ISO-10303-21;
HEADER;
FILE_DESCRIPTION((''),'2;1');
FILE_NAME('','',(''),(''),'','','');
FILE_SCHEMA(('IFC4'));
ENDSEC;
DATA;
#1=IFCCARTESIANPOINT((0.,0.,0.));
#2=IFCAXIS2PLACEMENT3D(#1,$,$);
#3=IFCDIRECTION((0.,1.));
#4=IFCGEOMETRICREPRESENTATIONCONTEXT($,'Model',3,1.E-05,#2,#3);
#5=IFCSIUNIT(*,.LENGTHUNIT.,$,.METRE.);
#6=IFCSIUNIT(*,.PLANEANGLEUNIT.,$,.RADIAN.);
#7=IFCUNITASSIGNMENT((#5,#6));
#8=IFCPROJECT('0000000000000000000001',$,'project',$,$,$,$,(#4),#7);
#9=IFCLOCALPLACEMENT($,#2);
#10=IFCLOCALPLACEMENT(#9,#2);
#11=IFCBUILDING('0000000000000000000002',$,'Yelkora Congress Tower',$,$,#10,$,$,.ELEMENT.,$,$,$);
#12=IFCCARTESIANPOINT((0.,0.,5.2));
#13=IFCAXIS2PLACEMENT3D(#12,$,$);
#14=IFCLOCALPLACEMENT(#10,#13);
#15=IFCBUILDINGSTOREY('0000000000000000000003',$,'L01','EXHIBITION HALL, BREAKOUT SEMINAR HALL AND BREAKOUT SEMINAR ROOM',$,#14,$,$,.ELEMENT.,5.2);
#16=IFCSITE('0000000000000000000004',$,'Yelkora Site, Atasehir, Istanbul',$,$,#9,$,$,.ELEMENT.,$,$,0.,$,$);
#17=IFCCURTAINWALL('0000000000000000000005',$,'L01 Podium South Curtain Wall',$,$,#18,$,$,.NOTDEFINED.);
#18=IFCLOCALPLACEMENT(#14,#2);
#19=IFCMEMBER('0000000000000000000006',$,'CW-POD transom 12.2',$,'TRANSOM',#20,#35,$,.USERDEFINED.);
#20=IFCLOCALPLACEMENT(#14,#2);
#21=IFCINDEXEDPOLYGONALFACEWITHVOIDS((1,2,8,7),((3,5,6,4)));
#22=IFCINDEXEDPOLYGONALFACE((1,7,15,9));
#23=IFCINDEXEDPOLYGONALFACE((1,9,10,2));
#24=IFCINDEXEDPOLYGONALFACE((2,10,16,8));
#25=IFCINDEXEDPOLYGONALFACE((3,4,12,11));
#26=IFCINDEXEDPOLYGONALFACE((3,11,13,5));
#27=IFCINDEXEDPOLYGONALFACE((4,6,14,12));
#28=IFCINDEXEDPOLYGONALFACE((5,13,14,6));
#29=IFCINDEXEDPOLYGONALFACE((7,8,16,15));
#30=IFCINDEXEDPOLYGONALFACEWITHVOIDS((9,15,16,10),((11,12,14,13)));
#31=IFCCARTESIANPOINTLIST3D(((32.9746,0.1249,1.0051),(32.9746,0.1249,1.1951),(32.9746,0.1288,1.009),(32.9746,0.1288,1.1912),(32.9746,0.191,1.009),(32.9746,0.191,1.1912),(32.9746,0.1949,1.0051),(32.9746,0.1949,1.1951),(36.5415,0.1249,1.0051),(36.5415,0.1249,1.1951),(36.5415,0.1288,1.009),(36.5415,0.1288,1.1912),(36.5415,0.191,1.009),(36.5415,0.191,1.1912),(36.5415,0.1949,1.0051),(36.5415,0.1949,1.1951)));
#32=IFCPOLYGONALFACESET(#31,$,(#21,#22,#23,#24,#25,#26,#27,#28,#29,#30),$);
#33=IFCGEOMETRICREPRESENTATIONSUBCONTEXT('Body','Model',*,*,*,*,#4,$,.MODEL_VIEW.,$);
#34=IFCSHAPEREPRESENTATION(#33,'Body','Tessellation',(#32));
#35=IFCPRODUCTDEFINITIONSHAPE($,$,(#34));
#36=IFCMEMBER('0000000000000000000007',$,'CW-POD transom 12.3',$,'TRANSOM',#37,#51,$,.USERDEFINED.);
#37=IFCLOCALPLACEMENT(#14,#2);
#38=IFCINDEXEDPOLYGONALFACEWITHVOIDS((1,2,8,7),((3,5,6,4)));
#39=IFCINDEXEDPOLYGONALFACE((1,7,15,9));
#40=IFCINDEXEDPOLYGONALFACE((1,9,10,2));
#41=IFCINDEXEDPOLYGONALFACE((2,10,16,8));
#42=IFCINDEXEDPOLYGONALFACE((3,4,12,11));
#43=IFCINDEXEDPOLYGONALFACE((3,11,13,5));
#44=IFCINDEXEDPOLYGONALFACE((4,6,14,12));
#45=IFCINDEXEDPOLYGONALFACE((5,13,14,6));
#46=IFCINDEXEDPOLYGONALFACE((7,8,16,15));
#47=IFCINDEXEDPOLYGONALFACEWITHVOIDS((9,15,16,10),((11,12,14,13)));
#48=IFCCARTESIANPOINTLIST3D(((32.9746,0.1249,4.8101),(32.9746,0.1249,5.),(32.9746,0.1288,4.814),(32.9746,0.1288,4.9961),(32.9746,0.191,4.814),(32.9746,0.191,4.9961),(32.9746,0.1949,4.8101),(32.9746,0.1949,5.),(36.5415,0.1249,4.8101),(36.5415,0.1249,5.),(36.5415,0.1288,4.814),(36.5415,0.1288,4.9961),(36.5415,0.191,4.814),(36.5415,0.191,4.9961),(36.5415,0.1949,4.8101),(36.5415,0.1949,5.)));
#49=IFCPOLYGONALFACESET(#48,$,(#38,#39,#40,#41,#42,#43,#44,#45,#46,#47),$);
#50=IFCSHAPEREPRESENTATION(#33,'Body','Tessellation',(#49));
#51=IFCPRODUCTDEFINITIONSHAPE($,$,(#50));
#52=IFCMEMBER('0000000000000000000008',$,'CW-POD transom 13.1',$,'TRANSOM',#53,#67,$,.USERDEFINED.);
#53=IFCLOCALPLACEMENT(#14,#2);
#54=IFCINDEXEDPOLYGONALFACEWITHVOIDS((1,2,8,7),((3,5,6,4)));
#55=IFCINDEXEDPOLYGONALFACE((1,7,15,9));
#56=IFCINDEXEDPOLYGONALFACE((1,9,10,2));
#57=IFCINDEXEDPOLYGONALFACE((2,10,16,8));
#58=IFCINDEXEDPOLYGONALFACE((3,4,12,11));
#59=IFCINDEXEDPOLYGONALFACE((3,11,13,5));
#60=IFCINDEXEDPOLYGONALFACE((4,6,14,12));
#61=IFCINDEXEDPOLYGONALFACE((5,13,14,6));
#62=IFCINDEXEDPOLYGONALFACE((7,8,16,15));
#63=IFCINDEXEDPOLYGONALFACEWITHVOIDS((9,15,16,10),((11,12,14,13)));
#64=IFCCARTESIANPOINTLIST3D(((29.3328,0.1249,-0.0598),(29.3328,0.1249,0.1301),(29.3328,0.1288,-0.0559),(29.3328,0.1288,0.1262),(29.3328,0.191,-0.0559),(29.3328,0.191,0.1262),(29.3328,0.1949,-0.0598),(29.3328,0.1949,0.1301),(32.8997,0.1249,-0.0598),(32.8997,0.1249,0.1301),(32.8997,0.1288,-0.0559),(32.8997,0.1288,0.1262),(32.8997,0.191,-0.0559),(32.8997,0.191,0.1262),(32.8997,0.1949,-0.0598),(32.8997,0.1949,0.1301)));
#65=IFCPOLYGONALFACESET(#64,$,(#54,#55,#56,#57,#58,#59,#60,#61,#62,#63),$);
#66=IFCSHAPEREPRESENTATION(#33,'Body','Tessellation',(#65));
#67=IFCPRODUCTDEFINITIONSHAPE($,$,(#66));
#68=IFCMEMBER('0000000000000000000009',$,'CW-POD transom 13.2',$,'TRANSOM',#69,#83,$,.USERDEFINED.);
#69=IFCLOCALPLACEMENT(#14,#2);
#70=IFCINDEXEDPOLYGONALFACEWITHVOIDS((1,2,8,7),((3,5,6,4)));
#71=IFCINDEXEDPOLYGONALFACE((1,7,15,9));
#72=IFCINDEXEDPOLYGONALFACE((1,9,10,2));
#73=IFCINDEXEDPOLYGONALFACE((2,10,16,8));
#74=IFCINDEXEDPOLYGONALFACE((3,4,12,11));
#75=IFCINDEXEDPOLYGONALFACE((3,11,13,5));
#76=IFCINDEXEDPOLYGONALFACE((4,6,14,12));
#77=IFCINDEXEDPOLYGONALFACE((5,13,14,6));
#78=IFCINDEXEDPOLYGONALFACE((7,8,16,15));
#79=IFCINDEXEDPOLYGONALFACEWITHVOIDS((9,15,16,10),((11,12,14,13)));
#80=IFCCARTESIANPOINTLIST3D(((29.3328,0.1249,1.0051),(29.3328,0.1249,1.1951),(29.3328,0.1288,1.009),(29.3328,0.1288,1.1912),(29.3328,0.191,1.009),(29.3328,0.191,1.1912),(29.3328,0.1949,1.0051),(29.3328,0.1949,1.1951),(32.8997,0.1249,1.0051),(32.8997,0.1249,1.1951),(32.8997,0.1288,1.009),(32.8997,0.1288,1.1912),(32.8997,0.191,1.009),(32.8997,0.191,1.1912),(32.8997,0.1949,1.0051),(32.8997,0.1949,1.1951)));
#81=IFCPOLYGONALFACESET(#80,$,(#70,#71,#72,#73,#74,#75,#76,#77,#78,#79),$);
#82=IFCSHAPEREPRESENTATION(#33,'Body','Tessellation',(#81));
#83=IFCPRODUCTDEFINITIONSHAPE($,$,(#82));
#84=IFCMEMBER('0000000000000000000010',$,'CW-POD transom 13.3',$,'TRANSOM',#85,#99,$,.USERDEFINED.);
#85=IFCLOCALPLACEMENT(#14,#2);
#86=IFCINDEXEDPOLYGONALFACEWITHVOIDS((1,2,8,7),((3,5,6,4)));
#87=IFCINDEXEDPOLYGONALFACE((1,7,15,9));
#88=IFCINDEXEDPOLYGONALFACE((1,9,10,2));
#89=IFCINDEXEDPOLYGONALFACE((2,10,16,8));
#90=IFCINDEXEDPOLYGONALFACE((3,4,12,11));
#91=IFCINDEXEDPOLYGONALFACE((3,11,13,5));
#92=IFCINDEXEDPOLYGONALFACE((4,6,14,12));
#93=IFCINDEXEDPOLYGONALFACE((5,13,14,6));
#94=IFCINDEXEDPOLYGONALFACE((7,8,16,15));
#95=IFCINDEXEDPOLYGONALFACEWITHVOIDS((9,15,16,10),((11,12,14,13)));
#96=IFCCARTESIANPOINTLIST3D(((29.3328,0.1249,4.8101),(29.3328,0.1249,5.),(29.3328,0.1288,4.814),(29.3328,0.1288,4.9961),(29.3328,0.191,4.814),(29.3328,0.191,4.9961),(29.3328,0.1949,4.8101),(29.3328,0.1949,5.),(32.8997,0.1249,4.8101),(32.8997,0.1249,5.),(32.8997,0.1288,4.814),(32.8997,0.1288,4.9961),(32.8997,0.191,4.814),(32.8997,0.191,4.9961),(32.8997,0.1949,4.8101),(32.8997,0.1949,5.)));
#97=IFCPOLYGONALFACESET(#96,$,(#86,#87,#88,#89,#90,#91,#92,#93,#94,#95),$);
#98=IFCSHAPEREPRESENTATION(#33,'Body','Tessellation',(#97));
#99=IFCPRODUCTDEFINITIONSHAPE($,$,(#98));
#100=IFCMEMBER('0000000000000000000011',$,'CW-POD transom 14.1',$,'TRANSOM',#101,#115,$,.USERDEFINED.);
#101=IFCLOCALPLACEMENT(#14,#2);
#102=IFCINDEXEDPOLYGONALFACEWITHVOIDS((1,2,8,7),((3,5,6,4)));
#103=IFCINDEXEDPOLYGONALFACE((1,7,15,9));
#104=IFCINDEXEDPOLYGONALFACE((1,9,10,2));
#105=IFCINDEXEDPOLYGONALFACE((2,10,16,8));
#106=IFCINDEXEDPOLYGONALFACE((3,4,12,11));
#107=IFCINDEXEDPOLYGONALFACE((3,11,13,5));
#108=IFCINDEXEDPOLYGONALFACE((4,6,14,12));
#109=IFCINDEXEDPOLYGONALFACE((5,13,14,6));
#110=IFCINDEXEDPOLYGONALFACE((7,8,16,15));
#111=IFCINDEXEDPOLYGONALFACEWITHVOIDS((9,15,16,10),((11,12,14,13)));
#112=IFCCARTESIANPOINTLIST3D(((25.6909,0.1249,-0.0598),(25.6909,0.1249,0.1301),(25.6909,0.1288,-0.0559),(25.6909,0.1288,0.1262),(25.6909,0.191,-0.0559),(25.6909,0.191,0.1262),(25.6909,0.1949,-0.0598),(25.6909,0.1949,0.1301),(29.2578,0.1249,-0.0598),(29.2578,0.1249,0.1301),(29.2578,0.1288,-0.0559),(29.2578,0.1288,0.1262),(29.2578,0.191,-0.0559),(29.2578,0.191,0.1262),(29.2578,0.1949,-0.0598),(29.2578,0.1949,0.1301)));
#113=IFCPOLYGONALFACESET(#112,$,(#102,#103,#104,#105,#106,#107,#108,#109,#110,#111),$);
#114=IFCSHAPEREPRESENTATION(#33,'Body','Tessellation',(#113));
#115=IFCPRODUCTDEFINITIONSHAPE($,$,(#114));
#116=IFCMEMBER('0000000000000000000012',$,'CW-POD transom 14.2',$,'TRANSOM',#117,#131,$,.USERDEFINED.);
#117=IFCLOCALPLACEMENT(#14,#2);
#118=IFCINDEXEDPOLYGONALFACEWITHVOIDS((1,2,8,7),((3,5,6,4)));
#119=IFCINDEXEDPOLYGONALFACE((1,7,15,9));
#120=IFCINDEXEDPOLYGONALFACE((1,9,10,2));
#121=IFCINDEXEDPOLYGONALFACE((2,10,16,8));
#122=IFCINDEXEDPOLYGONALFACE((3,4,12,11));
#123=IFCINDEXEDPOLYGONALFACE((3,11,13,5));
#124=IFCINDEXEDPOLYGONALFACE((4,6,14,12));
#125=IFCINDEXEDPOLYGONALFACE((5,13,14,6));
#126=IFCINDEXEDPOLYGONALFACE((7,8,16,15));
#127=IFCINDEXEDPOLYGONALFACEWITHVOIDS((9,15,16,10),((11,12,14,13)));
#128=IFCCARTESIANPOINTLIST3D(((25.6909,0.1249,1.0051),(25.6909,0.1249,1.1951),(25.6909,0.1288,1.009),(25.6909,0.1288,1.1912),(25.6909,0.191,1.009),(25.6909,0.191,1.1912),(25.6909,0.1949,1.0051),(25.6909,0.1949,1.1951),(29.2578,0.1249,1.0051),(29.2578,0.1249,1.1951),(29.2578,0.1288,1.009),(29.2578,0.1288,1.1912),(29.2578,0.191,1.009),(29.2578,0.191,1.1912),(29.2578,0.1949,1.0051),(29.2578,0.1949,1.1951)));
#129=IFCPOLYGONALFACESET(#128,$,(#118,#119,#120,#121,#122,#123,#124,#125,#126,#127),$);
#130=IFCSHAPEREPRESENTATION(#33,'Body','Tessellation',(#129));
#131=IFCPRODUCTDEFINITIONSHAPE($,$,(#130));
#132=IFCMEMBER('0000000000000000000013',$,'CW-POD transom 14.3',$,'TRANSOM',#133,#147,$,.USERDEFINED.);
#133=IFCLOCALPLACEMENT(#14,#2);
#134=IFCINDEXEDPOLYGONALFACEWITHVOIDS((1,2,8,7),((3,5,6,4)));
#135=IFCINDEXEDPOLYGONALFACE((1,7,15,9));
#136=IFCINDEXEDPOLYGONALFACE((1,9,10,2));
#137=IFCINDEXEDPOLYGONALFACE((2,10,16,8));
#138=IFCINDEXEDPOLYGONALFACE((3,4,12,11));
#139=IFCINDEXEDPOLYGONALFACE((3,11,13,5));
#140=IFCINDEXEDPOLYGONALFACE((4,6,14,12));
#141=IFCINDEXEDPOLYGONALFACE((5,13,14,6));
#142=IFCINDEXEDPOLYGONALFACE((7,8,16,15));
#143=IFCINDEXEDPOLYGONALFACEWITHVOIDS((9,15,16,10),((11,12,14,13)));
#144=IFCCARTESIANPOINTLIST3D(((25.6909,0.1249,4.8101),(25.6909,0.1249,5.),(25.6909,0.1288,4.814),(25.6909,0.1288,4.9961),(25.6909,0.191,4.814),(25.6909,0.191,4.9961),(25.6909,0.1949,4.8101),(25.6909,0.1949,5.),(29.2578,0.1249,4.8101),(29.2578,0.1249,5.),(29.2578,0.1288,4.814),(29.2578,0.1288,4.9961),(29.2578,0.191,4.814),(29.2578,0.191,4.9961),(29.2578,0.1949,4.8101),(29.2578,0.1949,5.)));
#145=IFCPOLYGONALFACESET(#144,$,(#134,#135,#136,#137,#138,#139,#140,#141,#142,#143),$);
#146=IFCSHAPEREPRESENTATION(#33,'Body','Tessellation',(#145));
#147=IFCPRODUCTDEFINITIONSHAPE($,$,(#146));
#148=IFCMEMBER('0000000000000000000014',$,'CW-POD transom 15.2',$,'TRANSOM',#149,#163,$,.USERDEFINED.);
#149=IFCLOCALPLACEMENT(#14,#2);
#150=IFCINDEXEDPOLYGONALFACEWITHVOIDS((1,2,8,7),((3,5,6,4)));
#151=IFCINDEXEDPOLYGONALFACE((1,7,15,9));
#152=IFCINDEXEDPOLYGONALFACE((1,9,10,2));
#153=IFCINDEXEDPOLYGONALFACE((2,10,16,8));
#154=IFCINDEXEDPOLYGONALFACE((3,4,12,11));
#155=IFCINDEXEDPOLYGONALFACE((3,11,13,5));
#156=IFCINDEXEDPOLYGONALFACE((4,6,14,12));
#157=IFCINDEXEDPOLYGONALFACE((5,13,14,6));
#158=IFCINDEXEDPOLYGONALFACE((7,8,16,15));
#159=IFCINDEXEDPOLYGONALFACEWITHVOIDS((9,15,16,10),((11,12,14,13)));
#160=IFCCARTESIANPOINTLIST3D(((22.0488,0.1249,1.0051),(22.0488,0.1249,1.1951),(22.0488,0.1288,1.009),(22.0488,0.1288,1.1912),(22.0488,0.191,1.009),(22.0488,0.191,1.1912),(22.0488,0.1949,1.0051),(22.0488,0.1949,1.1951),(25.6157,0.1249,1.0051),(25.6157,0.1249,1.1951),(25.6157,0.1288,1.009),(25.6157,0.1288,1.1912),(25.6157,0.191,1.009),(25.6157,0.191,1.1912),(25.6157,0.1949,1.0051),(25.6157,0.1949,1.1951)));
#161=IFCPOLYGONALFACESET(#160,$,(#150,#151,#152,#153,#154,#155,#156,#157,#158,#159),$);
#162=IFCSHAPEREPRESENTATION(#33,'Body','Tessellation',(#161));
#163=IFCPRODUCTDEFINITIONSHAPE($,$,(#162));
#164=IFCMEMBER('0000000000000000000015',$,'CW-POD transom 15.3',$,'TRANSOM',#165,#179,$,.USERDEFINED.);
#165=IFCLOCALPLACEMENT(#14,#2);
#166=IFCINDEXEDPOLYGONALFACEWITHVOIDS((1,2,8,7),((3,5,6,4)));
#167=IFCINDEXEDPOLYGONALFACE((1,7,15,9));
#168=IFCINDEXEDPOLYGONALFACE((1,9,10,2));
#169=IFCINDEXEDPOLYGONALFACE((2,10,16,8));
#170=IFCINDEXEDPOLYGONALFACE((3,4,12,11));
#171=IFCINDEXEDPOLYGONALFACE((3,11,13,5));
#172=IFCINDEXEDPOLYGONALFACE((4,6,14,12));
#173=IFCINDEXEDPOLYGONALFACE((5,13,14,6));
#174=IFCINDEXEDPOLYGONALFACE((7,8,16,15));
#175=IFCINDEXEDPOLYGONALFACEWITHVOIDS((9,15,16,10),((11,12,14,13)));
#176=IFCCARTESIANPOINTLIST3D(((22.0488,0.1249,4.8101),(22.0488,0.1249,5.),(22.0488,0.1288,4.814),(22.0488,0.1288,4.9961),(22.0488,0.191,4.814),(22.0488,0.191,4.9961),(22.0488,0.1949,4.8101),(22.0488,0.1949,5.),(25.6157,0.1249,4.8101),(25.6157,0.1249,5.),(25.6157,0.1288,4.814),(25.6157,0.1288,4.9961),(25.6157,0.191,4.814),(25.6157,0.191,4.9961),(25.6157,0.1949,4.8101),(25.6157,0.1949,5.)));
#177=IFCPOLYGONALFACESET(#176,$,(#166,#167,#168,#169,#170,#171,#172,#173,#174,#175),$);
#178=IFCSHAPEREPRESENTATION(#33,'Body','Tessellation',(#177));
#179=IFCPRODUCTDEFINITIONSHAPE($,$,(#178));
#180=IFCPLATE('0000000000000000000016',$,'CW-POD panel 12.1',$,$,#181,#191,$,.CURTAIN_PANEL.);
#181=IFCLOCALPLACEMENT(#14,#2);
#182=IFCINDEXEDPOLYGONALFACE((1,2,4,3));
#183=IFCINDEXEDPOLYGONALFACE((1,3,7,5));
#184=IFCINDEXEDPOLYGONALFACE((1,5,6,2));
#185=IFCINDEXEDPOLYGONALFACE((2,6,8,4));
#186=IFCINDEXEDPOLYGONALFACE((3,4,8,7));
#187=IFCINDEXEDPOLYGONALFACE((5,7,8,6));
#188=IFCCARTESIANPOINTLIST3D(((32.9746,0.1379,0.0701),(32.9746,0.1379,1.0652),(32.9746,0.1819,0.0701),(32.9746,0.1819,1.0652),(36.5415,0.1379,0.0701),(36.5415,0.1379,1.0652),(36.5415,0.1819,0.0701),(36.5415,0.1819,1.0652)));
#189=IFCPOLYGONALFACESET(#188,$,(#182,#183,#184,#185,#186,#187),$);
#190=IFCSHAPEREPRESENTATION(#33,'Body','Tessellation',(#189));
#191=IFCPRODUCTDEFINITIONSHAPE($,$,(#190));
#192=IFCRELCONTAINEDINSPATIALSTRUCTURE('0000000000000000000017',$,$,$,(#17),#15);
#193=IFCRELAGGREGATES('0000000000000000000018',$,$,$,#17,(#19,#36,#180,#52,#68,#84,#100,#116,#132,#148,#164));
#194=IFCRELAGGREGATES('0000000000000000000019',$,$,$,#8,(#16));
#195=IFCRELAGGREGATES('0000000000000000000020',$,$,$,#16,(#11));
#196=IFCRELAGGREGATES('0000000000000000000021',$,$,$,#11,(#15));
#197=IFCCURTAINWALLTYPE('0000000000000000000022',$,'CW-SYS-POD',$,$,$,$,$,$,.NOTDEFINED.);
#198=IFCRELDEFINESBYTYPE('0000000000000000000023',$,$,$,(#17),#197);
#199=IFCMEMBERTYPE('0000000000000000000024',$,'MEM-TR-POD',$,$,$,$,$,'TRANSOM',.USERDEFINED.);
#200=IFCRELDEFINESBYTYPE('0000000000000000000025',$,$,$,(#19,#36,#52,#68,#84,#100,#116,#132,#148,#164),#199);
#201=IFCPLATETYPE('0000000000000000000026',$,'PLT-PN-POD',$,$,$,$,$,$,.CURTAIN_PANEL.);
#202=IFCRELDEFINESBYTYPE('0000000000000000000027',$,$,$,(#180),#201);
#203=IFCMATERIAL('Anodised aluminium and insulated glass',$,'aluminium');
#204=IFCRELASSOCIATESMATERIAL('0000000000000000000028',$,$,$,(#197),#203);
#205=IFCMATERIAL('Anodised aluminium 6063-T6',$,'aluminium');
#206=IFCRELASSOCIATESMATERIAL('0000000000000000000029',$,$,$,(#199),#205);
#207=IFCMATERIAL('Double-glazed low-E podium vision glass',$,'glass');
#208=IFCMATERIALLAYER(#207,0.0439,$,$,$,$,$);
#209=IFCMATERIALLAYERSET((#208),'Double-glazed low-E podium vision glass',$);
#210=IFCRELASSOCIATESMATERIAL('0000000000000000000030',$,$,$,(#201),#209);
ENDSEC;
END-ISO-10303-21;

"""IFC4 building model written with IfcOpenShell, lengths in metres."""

from ifc_helpers import new_model, si_unit, direction, frame, origin, origin_2d, place, context, subcontext, project, spatial, rectangle, hollow_rectangle, extrude, material, layer, layer_set, material_profile, profile_set, type_object, element, aggregate, save


model = new_model("IFC4")

# Units and contexts
model_context = context("Model", 3, precision=1e-05, world=origin(), true_north=direction((0.0, 1.0)))
body_context = subcontext(model_context, "Body", "Model", "MODEL_VIEW")
ifc_project = project(units=[si_unit("LENGTHUNIT", "METRE"), si_unit("PLANEANGLEUNIT", "RADIAN")], contexts=[model_context])

# Site, building, storey
site_placement = place(None, origin())
site = spatial("IfcSite", under=ifc_project, at=site_placement, Name="Yelkora Site, Atasehir, Istanbul", CompositionType="ELEMENT", RefElevation=0.0)
building_placement = place(site_placement, origin())
building = spatial("IfcBuilding", under=site, at=building_placement, Name="Yelkora Congress Tower", CompositionType="ELEMENT")
storey_placement = place(building_placement, frame((0.0, 0.0, 5.2)))
storey = spatial("IfcBuildingStorey", under=building, at=storey_placement, Name="L01", Description="EXHIBITION HALL, BREAKOUT SEMINAR HALL AND BREAKOUT SEMINAR ROOM", CompositionType="ELEMENT", Elevation=5.2)

# Curtain wall, members, plate
ifc_material_1 = material(Name="Anodised aluminium and insulated glass", Category="aluminium")
curtain_wall_type = type_object("IfcCurtainWallType", Name="CW-SYS-POD", PredefinedType="NOTDEFINED", material=ifc_material_1)
curtain_wall_placement = place(storey_placement, origin())
curtain_wall = element("IfcCurtainWall", 1, at=curtain_wall_placement, inside=storey, type_object=curtain_wall_type, Name="L01 Podium South Curtain Wall", PredefinedType="NOTDEFINED")
ifc_material_2 = material(Name="Anodised aluminium 6063-T6", Category="aluminium")
ifc_material_profile_1 = material_profile(ifc_material_2, hollow_rectangle(XDim=0.0701, YDim=0.1899, WallThickness=0.0039, at=origin_2d()), Name="ALU 70x190x4")
ifc_profile_set_1 = profile_set([ifc_material_profile_1], Name="Anodised aluminium 6063-T6")
member_type_1 = type_object("IfcMemberType", Name="MEM-TR-POD", ElementType="TRANSOM", PredefinedType="USERDEFINED", material=ifc_profile_set_1)
member_1_placement = place(storey_placement, frame((36.5415, 0.1599, 1.1001), z_axis=(-1.0, 0.0, 0.0), x_axis=(0.0, -1.0, 0.0)))
member_1 = element("IfcMember", 2, at=member_1_placement, type_object=member_type_1, Name="CW-POD transom 12.2", ObjectType="TRANSOM", PredefinedType="USERDEFINED", context=body_context, shape_type="SweptSolid", body=[
    extrude(hollow_rectangle(XDim=0.0701, YDim=0.1899, WallThickness=0.0039, at=origin_2d()), origin(), (0.0, 0.0, 1.0), 3.5669),
])
member_2_placement = place(storey_placement, frame((36.5415, 0.1599, 4.905), z_axis=(-1.0, 0.0, 0.0), x_axis=(0.0, -1.0, 0.0)))
member_2 = element("IfcMember", 3, at=member_2_placement, type_object=member_type_1, Name="CW-POD transom 12.3", ObjectType="TRANSOM", PredefinedType="USERDEFINED", context=body_context, shape_type="SweptSolid", body=[
    extrude(hollow_rectangle(XDim=0.0701, YDim=0.1899, WallThickness=0.0039, at=origin_2d()), origin(), (0.0, 0.0, 1.0), 3.5669),
])
member_3_placement = place(storey_placement, frame((32.8997, 0.1599, 0.0352), z_axis=(-1.0, 0.0, 0.0), x_axis=(0.0, -1.0, 0.0)))
member_3 = element("IfcMember", 4, at=member_3_placement, type_object=member_type_1, Name="CW-POD transom 13.1", ObjectType="TRANSOM", PredefinedType="USERDEFINED", context=body_context, shape_type="SweptSolid", body=[
    extrude(hollow_rectangle(XDim=0.0701, YDim=0.1899, WallThickness=0.0039, at=origin_2d()), origin(), (0.0, 0.0, 1.0), 3.5669),
])
member_4_placement = place(storey_placement, frame((32.8997, 0.1599, 1.1001), z_axis=(-1.0, 0.0, 0.0), x_axis=(0.0, -1.0, 0.0)))
member_4 = element("IfcMember", 5, at=member_4_placement, type_object=member_type_1, Name="CW-POD transom 13.2", ObjectType="TRANSOM", PredefinedType="USERDEFINED", context=body_context, shape_type="SweptSolid", body=[
    extrude(hollow_rectangle(XDim=0.0701, YDim=0.1899, WallThickness=0.0039, at=origin_2d()), origin(), (0.0, 0.0, 1.0), 3.5669),
])
member_5_placement = place(storey_placement, frame((32.8997, 0.1599, 4.905), z_axis=(-1.0, 0.0, 0.0), x_axis=(0.0, -1.0, 0.0)))
member_5 = element("IfcMember", 6, at=member_5_placement, type_object=member_type_1, Name="CW-POD transom 13.3", ObjectType="TRANSOM", PredefinedType="USERDEFINED", context=body_context, shape_type="SweptSolid", body=[
    extrude(hollow_rectangle(XDim=0.0701, YDim=0.1899, WallThickness=0.0039, at=origin_2d()), origin(), (0.0, 0.0, 1.0), 3.5669),
])
member_6_placement = place(storey_placement, frame((29.2578, 0.1599, 0.0352), z_axis=(-1.0, 0.0, 0.0), x_axis=(0.0, -1.0, 0.0)))
member_6 = element("IfcMember", 7, at=member_6_placement, type_object=member_type_1, Name="CW-POD transom 14.1", ObjectType="TRANSOM", PredefinedType="USERDEFINED", context=body_context, shape_type="SweptSolid", body=[
    extrude(hollow_rectangle(XDim=0.0701, YDim=0.1899, WallThickness=0.0039, at=origin_2d()), origin(), (0.0, 0.0, 1.0), 3.5669),
])
member_7_placement = place(storey_placement, frame((29.2578, 0.1599, 1.1001), z_axis=(-1.0, 0.0, 0.0), x_axis=(0.0, -1.0, 0.0)))
member_7 = element("IfcMember", 8, at=member_7_placement, type_object=member_type_1, Name="CW-POD transom 14.2", ObjectType="TRANSOM", PredefinedType="USERDEFINED", context=body_context, shape_type="SweptSolid", body=[
    extrude(hollow_rectangle(XDim=0.0701, YDim=0.1899, WallThickness=0.0039, at=origin_2d()), origin(), (0.0, 0.0, 1.0), 3.5669),
])
member_8_placement = place(storey_placement, frame((29.2578, 0.1599, 4.905), z_axis=(-1.0, 0.0, 0.0), x_axis=(0.0, -1.0, 0.0)))
member_8 = element("IfcMember", 9, at=member_8_placement, type_object=member_type_1, Name="CW-POD transom 14.3", ObjectType="TRANSOM", PredefinedType="USERDEFINED", context=body_context, shape_type="SweptSolid", body=[
    extrude(hollow_rectangle(XDim=0.0701, YDim=0.1899, WallThickness=0.0039, at=origin_2d()), origin(), (0.0, 0.0, 1.0), 3.5669),
])
member_9_placement = place(storey_placement, frame((25.6157, 0.1599, 1.1001), z_axis=(-1.0, 0.0, 0.0), x_axis=(0.0, -1.0, 0.0)))
member_9 = element("IfcMember", 10, at=member_9_placement, type_object=member_type_1, Name="CW-POD transom 15.2", ObjectType="TRANSOM", PredefinedType="USERDEFINED", context=body_context, shape_type="SweptSolid", body=[
    extrude(hollow_rectangle(XDim=0.0701, YDim=0.1899, WallThickness=0.0039, at=origin_2d()), origin(), (0.0, 0.0, 1.0), 3.5669),
])
member_10_placement = place(storey_placement, frame((25.6157, 0.1599, 4.905), z_axis=(-1.0, 0.0, 0.0), x_axis=(0.0, -1.0, 0.0)))
member_10 = element("IfcMember", 11, at=member_10_placement, type_object=member_type_1, Name="CW-POD transom 15.3", ObjectType="TRANSOM", PredefinedType="USERDEFINED", context=body_context, shape_type="SweptSolid", body=[
    extrude(hollow_rectangle(XDim=0.0701, YDim=0.1899, WallThickness=0.0039, at=origin_2d()), origin(), (0.0, 0.0, 1.0), 3.5669),
])
ifc_material_3 = material(Name="Double-glazed low-E podium vision glass", Category="glass")
ifc_layer = layer(ifc_material_3, 0.0439)
ifc_layer_set = layer_set([ifc_layer], Name="Double-glazed low-E podium vision glass")
plate_type = type_object("IfcPlateType", Name="PLT-PN-POD", PredefinedType="CURTAIN_PANEL", material=ifc_layer_set)
plate_1_placement = place(storey_placement, frame((34.7581, 0.1599, 0.0701), z_axis=(0.0, 0.0, 1.0), x_axis=(-1.0, 0.0, 0.0)))
plate_1 = element("IfcPlate", 12, at=plate_1_placement, type_object=plate_type, Name="CW-POD panel 12.1", PredefinedType="CURTAIN_PANEL", context=body_context, shape_type="SweptSolid", body=[
    extrude(rectangle(XDim=3.5669, YDim=0.0439, at=origin_2d()), origin(), (0.0, 0.0, 1.0), 0.9951),
])
aggregate(curtain_wall, [member_1, member_2, plate_1, member_3, member_4, member_5, member_6, member_7, member_8, member_9, member_10])

save(model, "model.ifc")
